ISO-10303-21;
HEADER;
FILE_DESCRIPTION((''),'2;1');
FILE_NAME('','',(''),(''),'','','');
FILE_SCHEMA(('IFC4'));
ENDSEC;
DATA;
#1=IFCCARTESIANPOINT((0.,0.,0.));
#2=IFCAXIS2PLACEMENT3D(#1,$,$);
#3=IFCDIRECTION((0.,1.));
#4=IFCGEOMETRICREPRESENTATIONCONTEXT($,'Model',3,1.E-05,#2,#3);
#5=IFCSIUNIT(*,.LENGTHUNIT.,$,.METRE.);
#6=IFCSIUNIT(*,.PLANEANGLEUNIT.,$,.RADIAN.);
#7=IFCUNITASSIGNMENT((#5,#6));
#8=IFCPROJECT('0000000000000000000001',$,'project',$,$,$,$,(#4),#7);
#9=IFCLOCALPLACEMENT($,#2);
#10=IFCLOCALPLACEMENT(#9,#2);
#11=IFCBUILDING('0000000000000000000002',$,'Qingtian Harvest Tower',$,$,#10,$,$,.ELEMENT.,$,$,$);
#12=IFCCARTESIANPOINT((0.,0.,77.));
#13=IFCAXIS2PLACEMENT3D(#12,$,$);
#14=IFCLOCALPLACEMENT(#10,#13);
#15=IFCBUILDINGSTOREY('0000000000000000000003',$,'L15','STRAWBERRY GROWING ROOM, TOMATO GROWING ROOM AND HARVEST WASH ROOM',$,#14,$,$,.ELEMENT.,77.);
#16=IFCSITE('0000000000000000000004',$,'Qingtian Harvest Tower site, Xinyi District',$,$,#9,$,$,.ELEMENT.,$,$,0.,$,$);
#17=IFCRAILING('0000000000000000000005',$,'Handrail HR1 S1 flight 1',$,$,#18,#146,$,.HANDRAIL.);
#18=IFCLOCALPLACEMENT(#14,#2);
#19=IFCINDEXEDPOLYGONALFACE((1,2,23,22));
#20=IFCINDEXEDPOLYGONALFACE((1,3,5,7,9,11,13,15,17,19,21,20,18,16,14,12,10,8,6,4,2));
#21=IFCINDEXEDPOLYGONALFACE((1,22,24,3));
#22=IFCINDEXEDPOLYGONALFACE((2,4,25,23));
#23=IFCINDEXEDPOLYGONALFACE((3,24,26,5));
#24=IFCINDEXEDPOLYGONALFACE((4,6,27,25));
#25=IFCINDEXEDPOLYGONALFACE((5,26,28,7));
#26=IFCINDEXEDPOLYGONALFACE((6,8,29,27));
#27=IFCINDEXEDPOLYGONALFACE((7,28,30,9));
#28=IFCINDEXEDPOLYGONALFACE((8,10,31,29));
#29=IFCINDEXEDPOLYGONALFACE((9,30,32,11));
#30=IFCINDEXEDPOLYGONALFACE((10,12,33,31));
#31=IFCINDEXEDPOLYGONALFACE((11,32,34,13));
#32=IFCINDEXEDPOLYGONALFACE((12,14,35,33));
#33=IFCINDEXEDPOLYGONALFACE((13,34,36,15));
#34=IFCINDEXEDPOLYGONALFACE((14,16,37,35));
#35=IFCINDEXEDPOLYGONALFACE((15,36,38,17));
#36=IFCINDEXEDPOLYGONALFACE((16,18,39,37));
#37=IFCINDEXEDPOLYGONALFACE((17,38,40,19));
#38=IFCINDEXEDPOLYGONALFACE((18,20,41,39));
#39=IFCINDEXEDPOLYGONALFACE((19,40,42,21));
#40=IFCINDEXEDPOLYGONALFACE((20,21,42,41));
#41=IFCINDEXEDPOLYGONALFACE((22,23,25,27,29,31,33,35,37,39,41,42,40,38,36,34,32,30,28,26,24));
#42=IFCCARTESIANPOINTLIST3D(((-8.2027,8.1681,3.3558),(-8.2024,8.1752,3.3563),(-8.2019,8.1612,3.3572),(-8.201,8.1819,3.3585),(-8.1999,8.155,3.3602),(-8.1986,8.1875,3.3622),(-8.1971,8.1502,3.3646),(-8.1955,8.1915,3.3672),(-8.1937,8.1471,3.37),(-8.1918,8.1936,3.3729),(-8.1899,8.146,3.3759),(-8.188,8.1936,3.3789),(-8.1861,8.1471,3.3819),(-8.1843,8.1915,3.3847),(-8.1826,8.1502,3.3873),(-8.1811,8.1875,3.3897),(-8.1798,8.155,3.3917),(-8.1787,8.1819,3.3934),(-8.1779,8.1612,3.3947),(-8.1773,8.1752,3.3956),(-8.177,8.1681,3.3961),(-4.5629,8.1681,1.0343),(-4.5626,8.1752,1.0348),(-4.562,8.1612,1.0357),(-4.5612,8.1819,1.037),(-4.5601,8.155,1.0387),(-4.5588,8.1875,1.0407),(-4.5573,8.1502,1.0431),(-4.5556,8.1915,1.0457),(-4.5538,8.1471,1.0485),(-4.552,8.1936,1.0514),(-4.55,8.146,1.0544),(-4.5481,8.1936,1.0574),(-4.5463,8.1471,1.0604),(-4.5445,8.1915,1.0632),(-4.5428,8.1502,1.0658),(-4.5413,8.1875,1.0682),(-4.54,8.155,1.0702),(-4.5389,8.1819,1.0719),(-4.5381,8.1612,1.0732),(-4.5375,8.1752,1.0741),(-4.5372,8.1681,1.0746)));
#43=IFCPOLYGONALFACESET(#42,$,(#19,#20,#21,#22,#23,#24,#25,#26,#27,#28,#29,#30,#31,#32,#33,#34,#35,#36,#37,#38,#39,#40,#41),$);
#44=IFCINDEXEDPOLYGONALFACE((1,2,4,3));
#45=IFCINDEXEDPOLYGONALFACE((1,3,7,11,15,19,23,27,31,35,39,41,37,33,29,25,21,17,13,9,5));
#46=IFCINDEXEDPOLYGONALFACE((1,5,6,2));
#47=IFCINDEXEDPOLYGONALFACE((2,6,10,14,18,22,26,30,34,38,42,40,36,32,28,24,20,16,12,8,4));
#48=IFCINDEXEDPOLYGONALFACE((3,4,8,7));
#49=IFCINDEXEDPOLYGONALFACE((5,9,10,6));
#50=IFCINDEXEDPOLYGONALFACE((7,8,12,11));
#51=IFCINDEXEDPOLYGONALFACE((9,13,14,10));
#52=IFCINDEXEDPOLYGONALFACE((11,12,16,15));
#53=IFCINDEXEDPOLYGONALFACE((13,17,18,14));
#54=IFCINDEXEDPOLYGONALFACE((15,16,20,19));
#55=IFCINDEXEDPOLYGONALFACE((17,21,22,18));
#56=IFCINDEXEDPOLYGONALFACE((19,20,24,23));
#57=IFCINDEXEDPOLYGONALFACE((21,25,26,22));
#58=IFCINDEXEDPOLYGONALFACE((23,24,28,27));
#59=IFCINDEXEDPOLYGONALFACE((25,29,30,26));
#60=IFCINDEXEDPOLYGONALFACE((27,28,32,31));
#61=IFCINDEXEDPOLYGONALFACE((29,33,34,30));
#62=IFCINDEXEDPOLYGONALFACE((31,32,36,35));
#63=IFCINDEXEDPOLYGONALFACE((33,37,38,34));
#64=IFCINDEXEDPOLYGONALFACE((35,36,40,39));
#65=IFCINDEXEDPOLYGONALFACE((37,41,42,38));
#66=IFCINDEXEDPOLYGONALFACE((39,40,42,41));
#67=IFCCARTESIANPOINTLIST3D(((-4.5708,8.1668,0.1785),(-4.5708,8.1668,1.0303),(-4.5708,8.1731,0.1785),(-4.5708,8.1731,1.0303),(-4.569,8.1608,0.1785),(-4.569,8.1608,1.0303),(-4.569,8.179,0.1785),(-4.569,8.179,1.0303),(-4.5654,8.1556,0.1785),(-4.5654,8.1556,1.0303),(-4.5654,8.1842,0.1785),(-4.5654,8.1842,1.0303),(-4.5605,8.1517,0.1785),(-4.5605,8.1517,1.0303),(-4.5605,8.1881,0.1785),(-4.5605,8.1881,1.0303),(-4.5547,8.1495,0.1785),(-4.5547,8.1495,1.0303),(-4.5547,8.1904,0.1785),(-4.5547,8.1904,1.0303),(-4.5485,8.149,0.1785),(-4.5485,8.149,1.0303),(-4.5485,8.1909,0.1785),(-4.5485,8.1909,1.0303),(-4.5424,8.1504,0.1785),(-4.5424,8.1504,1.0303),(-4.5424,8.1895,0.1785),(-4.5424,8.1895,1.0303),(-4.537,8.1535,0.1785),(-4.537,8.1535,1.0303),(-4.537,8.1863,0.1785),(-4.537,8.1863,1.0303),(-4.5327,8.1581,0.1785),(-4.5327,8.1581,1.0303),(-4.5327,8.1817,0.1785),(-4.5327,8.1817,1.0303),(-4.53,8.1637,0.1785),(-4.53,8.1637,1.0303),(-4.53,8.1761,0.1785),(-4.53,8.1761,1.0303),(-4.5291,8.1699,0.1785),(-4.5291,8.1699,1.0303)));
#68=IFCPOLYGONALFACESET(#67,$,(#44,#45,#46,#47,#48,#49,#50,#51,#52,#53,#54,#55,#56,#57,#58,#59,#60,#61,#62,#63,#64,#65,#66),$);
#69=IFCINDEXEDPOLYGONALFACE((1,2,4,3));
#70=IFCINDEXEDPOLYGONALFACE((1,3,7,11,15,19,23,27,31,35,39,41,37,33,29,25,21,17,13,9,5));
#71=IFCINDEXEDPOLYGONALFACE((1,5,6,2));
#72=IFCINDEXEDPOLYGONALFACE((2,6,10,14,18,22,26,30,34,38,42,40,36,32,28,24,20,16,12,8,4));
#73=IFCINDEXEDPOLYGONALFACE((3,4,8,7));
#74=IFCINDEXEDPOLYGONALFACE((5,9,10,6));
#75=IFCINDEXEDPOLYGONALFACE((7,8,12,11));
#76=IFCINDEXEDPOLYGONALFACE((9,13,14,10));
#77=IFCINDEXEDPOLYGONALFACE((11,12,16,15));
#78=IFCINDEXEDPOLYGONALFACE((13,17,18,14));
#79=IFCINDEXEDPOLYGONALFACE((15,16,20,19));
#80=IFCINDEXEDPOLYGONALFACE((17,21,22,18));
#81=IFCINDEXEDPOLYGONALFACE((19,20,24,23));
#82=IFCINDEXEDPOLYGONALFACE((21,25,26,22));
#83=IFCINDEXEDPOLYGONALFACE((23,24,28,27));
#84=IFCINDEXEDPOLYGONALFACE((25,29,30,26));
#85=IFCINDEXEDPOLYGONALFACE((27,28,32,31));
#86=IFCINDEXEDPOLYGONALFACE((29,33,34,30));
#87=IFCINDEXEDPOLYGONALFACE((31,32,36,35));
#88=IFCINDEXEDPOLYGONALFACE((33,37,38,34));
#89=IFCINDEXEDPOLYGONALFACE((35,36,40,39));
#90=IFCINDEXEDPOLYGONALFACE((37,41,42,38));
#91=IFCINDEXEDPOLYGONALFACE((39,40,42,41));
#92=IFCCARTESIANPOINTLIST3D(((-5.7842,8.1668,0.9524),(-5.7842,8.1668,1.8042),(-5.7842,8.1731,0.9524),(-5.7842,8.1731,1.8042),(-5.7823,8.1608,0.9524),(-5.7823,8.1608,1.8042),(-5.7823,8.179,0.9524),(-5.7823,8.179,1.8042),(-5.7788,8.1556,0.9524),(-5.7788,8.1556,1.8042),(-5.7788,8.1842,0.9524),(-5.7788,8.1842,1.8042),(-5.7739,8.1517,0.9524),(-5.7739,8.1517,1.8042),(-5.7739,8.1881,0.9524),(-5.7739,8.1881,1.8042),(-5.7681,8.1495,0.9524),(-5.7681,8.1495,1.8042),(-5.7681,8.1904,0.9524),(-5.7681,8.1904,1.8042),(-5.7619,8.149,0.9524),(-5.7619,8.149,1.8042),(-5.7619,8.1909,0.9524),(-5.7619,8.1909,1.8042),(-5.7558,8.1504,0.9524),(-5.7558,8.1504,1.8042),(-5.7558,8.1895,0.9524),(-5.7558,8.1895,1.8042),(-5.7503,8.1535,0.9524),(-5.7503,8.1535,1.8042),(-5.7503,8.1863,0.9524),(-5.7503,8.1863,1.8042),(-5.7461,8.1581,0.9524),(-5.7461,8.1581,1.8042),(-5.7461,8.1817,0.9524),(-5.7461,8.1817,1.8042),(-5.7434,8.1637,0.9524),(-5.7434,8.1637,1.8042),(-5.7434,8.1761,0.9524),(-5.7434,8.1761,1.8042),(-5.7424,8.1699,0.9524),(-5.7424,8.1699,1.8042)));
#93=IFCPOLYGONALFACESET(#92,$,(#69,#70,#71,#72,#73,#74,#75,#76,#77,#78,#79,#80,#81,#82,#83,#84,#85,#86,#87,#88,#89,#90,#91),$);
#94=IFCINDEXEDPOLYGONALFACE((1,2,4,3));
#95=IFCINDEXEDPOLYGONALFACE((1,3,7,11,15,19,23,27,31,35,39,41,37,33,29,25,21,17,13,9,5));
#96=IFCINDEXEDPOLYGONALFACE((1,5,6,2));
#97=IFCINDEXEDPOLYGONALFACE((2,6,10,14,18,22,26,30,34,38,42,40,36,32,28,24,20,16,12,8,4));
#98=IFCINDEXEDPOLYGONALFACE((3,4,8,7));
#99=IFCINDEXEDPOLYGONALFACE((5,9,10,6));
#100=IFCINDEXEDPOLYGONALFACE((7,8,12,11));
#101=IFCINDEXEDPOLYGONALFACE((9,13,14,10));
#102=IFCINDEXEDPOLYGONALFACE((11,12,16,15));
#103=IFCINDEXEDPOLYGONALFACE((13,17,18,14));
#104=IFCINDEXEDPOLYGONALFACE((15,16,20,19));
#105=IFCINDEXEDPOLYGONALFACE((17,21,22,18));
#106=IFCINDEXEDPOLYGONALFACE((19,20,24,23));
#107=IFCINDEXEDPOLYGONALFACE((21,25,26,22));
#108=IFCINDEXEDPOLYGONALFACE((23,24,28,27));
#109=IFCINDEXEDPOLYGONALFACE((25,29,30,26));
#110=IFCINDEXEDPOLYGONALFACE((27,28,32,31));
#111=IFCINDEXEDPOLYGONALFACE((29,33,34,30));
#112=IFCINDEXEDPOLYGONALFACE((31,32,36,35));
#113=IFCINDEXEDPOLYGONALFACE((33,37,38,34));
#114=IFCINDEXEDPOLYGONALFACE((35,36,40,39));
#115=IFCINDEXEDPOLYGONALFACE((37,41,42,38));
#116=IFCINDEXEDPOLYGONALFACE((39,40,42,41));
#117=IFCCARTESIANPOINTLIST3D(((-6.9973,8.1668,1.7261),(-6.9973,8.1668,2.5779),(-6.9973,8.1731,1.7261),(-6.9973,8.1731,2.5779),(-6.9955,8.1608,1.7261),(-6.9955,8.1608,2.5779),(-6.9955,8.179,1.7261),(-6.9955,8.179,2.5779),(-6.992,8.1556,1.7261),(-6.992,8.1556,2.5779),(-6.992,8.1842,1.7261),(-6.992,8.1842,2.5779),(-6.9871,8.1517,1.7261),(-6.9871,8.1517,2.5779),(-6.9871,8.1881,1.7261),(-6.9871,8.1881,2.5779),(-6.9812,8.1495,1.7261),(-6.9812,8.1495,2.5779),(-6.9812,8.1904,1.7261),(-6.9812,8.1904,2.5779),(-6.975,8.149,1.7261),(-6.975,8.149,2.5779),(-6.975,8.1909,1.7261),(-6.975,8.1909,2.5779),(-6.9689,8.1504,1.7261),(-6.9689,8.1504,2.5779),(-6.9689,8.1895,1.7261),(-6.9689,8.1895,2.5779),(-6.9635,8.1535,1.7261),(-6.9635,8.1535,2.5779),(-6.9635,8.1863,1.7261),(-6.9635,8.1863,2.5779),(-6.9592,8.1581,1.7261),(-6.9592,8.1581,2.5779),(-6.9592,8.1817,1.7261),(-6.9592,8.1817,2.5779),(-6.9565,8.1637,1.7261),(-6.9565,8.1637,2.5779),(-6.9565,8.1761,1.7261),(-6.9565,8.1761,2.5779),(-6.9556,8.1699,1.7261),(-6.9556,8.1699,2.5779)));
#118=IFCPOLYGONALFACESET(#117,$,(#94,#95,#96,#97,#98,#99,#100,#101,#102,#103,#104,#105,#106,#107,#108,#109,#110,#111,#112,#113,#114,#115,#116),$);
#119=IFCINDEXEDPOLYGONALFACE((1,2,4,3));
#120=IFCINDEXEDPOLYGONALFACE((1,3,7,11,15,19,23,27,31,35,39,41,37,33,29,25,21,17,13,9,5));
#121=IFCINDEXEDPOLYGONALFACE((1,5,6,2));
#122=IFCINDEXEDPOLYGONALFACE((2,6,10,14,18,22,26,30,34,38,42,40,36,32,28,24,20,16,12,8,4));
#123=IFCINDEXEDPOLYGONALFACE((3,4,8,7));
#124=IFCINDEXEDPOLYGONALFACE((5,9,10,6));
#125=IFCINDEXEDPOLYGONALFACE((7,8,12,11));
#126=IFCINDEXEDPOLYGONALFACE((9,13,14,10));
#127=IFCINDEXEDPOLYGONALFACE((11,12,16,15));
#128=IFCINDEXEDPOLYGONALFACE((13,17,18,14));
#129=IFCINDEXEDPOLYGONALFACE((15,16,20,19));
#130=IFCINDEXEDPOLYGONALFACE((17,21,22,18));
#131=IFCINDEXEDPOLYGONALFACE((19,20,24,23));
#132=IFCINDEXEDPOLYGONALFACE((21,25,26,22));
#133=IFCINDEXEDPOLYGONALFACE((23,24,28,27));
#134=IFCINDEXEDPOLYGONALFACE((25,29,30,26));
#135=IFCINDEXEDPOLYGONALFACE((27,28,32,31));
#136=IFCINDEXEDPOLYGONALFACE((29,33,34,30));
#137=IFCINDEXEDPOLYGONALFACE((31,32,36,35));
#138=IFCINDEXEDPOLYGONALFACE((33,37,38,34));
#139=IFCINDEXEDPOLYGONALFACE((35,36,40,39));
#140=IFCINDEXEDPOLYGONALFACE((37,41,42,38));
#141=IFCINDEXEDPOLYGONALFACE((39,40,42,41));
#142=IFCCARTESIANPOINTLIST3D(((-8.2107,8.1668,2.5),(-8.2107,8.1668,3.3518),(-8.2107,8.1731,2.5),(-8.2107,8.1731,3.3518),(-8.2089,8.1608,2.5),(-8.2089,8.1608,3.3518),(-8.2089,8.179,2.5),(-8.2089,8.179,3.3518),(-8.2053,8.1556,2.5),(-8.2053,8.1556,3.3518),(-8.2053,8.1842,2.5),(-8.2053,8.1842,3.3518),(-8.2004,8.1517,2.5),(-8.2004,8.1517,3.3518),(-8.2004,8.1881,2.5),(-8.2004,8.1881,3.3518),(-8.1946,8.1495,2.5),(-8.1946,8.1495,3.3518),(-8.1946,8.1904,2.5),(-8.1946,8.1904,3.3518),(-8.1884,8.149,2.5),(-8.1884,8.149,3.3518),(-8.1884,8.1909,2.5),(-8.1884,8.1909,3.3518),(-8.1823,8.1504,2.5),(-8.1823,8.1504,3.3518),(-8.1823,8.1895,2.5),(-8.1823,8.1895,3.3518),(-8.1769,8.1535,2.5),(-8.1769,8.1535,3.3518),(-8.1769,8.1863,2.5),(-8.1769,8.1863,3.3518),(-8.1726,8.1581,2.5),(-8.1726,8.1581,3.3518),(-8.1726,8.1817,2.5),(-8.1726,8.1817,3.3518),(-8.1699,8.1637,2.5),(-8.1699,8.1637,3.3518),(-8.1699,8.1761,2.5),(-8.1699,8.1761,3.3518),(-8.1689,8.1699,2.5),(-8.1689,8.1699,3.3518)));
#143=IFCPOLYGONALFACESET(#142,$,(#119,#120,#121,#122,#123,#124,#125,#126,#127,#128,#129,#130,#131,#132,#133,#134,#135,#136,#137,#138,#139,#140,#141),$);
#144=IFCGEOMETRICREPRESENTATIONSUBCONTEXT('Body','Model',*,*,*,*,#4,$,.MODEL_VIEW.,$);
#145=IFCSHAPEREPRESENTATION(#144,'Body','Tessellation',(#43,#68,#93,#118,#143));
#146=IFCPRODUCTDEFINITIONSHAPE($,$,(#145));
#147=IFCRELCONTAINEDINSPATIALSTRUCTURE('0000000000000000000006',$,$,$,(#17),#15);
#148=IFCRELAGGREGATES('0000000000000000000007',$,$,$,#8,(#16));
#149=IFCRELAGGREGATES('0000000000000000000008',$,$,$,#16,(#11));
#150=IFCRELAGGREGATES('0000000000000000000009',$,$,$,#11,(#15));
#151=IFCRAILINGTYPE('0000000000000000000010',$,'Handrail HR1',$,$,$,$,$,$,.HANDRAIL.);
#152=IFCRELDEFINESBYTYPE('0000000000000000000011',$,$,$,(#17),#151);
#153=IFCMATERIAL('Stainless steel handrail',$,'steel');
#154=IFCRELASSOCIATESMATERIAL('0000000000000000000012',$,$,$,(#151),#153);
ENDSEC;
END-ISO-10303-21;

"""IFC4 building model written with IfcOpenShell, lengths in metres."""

from ifc_helpers import new_model, si_unit, direction, frame, origin, origin_2d, place, context, subcontext, project, spatial, circle, extrude, material, type_object, element, save


model = new_model("IFC4")

# Units and contexts
model_context = context("Model", 3, precision=1e-05, world=origin(), true_north=direction((0.0, 1.0)))
body_context = subcontext(model_context, "Body", "Model", "MODEL_VIEW")
ifc_project = project(units=[si_unit("LENGTHUNIT", "METRE"), si_unit("PLANEANGLEUNIT", "RADIAN")], contexts=[model_context])

# Site, building, storey
site_placement = place(None, origin())
site = spatial("IfcSite", under=ifc_project, at=site_placement, Name="Qingtian Harvest Tower site, Xinyi District", CompositionType="ELEMENT", RefElevation=0.0)
building_placement = place(site_placement, origin())
building = spatial("IfcBuilding", under=site, at=building_placement, Name="Qingtian Harvest Tower", CompositionType="ELEMENT")
storey_placement = place(building_placement, frame((0.0, 0.0, 77.0)))
storey = spatial("IfcBuildingStorey", under=building, at=storey_placement, Name="L15", Description="STRAWBERRY GROWING ROOM, TOMATO GROWING ROOM AND HARVEST WASH ROOM", CompositionType="ELEMENT", Elevation=77.0)

# Railing
ifc_material_1 = material(Name="Stainless steel handrail", Category="steel")
railing_type = type_object("IfcRailingType", Name="Handrail HR1", PredefinedType="HANDRAIL", material=ifc_material_1)
railing_placement = place(storey_placement, frame((-4.55, 8.1699, 0.1785)))
element("IfcRailing", 1, at=railing_placement, inside=storey, type_object=railing_type, Name="Handrail HR1 S1 flight 1", PredefinedType="HANDRAIL", context=body_context, shape_type="SweptSolid", body=[
    extrude(circle(Radius=0.0239, at=origin_2d()), frame((0.0, 0.0, 0.876), z_axis=(-0.843112, 0.0, 0.537739), x_axis=(0.0, -1.0, 0.0)), (0.0, 0.0, 1.0), 4.3171),
    extrude(circle(Radius=0.021, at=origin_2d()), origin(), (0.0, 0.0, 1.0), 0.8518),
    extrude(circle(Radius=0.021, at=origin_2d()), frame((-1.2134, 0.0, 0.7739)), (0.0, 0.0, 1.0), 0.8518),
    extrude(circle(Radius=0.021, at=origin_2d()), frame((-2.4265, 0.0, 1.5476)), (0.0, 0.0, 1.0), 0.8518),
    extrude(circle(Radius=0.021, at=origin_2d()), frame((-3.6399, 0.0, 2.3215)), (0.0, 0.0, 1.0), 0.8518),
])

save(model, "model.ifc")
